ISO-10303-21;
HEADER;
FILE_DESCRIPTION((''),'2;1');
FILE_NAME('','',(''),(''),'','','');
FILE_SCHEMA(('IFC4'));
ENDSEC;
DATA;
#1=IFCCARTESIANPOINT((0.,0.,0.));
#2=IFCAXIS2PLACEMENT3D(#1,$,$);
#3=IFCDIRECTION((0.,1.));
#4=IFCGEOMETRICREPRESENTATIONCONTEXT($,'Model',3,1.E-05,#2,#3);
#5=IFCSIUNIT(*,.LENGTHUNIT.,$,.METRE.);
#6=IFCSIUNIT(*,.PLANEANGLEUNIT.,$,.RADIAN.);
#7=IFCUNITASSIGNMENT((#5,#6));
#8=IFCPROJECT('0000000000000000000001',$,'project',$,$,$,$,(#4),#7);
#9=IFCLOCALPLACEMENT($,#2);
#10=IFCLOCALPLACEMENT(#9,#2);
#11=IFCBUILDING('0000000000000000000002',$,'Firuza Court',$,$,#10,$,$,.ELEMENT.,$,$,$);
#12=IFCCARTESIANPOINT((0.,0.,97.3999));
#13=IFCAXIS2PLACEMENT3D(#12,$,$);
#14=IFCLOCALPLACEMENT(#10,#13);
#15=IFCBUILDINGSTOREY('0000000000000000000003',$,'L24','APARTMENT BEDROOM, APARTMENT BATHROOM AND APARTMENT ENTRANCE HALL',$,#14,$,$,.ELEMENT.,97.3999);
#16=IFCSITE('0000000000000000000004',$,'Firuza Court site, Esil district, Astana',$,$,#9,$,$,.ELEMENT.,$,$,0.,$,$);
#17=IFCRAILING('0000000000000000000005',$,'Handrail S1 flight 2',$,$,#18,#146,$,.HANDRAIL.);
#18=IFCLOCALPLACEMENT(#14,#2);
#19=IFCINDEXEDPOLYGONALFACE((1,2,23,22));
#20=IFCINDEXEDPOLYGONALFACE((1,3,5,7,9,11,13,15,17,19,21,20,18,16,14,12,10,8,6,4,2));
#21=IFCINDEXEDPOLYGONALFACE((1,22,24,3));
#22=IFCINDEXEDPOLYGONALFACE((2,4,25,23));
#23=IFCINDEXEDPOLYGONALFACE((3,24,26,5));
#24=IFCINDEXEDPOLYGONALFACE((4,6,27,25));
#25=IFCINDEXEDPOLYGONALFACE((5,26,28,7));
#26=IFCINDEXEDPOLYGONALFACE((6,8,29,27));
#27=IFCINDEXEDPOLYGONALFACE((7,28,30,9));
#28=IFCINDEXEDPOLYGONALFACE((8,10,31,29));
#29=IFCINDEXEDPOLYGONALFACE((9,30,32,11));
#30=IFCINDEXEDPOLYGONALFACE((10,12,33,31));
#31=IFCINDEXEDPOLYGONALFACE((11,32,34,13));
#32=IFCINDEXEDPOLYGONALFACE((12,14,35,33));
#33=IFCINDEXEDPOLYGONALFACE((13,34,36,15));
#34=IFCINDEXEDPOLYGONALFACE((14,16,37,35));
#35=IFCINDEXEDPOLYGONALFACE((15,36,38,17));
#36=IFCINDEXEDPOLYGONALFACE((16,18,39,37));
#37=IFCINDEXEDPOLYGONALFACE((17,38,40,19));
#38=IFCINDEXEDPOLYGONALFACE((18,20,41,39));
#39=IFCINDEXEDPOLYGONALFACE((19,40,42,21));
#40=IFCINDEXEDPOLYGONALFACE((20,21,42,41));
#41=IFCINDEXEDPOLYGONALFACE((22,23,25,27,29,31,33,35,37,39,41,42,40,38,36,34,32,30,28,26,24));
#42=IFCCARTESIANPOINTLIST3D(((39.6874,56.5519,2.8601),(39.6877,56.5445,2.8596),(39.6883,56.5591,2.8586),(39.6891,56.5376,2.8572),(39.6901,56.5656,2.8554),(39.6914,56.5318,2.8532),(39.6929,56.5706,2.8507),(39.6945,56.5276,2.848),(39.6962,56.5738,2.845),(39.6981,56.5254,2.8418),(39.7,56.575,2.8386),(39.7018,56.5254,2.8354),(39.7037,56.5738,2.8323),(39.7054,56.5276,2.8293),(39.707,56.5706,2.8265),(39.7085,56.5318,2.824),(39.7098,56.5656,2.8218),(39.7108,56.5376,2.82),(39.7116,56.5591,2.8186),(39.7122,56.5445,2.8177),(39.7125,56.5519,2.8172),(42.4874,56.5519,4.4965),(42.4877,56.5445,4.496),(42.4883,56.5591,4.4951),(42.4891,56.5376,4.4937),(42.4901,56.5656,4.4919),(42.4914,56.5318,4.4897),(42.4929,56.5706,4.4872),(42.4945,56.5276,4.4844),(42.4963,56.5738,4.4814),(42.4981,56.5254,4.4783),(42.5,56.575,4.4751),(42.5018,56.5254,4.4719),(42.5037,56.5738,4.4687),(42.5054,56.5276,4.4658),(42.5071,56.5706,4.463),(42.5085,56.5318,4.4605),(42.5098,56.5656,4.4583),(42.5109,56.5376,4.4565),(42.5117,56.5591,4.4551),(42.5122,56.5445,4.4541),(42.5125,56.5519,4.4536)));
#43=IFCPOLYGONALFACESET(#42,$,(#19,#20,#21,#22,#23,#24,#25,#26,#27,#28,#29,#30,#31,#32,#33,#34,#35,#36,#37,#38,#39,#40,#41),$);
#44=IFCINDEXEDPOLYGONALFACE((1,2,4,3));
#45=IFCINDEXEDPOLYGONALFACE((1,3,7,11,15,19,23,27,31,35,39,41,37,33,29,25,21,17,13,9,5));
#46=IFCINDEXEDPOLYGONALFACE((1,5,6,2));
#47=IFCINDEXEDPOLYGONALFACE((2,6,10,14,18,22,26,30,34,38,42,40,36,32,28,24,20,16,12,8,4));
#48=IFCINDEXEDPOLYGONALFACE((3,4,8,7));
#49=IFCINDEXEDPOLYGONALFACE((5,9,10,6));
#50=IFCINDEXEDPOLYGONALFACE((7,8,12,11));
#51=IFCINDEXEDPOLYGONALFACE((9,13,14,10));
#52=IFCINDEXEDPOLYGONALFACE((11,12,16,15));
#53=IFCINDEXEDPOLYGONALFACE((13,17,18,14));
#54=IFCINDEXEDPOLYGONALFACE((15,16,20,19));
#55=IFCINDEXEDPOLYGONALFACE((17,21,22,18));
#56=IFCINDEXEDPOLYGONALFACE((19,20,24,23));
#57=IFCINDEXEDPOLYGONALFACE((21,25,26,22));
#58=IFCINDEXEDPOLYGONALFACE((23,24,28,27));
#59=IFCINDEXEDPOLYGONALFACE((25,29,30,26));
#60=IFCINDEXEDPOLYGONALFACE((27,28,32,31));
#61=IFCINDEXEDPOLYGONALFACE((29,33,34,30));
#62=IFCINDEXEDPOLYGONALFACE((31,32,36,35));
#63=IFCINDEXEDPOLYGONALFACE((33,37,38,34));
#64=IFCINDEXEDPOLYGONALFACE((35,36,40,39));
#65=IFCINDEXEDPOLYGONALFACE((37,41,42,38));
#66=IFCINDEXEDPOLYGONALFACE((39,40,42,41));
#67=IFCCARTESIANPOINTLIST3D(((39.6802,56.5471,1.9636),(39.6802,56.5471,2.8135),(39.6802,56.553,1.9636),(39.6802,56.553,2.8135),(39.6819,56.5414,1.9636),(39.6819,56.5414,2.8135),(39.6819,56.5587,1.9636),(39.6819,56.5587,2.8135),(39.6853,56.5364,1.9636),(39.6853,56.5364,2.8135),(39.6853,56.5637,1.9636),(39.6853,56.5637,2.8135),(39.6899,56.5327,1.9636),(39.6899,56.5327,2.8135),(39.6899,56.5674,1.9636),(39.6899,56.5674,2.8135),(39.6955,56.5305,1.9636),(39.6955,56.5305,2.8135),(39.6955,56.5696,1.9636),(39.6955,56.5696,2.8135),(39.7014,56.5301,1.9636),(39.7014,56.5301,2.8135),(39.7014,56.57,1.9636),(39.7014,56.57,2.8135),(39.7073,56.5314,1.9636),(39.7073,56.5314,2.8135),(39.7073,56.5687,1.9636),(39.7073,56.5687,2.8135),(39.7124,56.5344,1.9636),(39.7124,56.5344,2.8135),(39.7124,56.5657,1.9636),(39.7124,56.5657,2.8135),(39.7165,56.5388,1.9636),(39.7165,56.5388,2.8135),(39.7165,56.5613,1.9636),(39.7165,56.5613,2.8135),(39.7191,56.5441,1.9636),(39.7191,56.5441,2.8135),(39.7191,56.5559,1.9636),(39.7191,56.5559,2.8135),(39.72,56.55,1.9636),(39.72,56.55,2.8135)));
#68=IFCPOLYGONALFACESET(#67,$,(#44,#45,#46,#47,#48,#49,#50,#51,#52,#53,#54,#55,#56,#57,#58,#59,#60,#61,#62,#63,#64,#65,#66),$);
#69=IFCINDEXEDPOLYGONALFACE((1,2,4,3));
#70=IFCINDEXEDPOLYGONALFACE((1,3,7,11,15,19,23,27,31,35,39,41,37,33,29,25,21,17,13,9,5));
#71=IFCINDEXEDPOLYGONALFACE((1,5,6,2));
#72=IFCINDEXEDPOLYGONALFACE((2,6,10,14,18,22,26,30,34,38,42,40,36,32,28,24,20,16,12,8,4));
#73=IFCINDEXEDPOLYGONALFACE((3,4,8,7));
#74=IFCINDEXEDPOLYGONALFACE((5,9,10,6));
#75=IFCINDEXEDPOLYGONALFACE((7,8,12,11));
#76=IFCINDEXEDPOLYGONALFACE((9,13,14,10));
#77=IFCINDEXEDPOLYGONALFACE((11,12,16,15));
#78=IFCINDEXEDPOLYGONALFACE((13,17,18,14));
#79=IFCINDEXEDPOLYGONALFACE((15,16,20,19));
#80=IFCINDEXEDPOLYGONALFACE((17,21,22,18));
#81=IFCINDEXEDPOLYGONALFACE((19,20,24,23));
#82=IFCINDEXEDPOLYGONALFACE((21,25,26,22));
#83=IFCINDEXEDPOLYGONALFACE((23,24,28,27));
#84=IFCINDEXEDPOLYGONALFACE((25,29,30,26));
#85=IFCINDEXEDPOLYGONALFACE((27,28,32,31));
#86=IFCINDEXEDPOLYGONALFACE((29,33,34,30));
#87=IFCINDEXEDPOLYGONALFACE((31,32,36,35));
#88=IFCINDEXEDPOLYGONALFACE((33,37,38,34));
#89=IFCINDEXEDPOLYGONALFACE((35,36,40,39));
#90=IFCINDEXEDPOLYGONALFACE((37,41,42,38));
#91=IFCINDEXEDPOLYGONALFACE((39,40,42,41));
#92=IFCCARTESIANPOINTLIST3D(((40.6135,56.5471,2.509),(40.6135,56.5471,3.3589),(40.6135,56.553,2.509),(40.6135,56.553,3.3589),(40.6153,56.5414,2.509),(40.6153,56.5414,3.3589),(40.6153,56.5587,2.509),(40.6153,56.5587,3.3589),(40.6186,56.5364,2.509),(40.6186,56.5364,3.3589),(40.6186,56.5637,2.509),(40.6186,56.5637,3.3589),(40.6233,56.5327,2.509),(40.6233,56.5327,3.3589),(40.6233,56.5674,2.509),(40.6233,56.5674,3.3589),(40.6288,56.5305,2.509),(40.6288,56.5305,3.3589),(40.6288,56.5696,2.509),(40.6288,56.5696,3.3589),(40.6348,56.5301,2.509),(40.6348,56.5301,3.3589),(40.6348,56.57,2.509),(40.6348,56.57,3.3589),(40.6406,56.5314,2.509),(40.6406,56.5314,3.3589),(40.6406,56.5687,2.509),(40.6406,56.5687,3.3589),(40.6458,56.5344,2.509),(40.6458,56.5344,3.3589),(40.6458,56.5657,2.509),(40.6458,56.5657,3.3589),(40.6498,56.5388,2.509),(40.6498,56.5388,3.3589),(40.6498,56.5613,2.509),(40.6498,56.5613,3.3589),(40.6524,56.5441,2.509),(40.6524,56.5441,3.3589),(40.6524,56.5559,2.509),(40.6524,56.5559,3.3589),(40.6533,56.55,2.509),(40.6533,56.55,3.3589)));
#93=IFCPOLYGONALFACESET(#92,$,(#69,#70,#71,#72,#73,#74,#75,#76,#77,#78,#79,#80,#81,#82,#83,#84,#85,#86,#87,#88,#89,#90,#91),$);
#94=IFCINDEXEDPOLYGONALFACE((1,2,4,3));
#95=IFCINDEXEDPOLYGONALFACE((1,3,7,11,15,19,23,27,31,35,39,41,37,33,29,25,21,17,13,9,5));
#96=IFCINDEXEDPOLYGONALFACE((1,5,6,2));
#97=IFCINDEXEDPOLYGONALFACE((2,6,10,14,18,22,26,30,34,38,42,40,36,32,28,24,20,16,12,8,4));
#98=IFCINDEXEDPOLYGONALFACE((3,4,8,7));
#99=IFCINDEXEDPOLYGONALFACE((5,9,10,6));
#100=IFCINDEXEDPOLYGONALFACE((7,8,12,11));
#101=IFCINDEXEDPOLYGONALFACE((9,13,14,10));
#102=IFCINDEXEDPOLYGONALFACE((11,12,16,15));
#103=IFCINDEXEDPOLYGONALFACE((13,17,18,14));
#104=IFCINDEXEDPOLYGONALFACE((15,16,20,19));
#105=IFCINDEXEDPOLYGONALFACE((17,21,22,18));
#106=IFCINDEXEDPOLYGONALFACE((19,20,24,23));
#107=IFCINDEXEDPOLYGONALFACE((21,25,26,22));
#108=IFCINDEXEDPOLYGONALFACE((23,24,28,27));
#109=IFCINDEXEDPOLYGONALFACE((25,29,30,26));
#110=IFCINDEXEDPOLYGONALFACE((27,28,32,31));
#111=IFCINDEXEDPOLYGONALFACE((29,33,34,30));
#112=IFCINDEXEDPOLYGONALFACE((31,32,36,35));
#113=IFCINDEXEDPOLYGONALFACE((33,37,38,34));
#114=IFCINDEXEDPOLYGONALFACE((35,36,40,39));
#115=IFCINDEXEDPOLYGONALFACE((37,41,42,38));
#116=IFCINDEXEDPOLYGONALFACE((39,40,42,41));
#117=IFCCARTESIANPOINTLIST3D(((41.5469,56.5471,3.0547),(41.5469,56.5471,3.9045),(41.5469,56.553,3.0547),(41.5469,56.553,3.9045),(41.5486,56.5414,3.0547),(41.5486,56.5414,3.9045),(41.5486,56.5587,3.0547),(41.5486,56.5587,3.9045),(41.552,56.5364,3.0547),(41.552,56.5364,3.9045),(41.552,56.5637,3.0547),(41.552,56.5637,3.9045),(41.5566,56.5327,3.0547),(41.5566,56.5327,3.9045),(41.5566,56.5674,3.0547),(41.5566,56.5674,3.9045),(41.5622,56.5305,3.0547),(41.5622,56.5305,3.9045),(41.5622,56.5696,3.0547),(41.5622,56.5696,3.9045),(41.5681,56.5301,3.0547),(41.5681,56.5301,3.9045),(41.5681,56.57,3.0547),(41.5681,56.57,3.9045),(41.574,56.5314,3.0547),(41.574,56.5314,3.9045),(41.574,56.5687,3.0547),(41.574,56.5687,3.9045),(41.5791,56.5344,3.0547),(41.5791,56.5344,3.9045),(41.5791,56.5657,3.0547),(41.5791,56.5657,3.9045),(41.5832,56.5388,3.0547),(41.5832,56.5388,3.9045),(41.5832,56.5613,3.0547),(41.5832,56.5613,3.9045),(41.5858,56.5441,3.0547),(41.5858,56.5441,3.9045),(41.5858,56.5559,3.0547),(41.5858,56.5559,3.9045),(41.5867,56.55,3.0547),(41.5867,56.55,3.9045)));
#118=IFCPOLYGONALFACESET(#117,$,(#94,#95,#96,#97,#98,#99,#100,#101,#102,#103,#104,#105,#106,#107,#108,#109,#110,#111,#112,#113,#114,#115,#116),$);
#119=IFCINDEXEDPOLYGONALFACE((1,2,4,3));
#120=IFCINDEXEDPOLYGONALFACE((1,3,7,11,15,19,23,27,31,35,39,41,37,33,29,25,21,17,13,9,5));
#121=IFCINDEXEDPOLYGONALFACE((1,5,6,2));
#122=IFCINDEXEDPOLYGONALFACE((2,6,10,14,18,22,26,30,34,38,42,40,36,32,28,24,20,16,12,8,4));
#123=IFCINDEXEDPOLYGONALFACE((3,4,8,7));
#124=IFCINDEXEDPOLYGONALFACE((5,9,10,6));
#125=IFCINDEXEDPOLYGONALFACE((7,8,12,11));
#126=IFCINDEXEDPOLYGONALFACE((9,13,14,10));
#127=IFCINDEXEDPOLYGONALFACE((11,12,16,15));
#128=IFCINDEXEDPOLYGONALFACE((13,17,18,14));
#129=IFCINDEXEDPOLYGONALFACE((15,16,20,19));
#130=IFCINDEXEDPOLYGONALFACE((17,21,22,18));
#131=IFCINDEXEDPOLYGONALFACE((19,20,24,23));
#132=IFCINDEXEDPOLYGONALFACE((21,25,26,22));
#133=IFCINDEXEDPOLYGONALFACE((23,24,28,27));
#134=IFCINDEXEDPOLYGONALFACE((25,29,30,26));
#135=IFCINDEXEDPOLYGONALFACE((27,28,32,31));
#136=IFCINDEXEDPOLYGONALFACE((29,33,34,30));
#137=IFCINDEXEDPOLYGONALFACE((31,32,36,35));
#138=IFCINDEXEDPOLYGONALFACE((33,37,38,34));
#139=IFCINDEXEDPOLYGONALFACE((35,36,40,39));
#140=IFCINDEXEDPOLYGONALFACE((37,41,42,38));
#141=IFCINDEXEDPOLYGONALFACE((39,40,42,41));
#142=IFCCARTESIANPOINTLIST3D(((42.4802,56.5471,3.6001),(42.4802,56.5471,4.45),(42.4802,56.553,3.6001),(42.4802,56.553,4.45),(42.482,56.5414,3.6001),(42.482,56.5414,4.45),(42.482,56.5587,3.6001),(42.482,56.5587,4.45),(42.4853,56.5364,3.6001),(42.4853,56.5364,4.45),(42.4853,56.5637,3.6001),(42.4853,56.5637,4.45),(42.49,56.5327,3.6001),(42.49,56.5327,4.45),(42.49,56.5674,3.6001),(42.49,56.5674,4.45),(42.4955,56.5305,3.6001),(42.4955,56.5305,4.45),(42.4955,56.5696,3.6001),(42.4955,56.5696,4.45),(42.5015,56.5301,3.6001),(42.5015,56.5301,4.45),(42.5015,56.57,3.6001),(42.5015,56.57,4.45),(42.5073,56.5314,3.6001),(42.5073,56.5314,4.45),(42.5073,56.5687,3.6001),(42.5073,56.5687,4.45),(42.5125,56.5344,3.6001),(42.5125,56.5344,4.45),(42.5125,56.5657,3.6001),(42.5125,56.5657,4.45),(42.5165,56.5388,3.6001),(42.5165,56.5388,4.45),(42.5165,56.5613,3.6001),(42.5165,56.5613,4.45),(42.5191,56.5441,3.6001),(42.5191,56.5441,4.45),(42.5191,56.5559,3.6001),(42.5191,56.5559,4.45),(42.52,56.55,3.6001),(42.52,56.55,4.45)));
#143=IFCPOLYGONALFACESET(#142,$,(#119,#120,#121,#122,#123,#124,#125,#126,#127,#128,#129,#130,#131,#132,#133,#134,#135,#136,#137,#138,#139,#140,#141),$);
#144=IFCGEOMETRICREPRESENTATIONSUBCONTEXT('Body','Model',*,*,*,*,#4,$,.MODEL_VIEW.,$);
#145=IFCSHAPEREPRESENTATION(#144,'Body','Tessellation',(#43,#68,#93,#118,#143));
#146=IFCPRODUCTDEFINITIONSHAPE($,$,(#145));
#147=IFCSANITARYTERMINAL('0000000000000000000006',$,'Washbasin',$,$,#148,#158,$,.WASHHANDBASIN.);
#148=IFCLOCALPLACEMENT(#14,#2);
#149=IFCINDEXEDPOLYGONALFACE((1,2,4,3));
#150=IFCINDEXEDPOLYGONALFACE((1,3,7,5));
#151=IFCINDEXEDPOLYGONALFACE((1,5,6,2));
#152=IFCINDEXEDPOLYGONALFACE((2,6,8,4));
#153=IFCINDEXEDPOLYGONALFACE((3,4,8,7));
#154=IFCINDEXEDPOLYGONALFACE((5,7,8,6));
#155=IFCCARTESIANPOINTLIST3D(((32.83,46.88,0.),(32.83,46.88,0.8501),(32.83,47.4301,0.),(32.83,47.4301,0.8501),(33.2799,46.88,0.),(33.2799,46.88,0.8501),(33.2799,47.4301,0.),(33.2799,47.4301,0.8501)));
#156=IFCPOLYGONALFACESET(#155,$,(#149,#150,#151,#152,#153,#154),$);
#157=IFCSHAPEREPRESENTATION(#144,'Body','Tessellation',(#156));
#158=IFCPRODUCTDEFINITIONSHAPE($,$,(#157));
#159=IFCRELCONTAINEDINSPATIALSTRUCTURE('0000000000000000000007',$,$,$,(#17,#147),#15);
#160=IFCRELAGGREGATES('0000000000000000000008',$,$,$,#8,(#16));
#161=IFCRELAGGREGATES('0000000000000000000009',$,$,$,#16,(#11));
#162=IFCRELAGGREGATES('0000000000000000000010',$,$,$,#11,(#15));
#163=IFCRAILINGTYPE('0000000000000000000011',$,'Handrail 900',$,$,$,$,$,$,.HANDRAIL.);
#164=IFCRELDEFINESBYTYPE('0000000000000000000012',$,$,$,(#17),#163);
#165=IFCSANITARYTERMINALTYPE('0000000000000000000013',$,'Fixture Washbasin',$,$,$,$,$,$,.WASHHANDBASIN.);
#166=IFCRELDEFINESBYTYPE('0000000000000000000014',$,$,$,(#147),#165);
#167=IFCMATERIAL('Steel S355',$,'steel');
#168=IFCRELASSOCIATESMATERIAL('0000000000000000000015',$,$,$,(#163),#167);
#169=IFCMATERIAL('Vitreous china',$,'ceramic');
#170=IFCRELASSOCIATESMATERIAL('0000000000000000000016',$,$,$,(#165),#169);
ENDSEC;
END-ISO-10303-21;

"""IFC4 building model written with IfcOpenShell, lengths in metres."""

from ifc_helpers import new_model, si_unit, direction, frame, origin, origin_2d, place, context, subcontext, project, spatial, rectangle, circle, extrude, material, type_object, element, save


model = new_model("IFC4")

# Units and contexts
model_context = context("Model", 3, precision=1e-05, world=origin(), true_north=direction((0.0, 1.0)))
body_context = subcontext(model_context, "Body", "Model", "MODEL_VIEW")
ifc_project = project(units=[si_unit("LENGTHUNIT", "METRE"), si_unit("PLANEANGLEUNIT", "RADIAN")], contexts=[model_context])

# Site, building, storey
site_placement = place(None, origin())
site = spatial("IfcSite", under=ifc_project, at=site_placement, Name="Firuza Court site, Esil district, Astana", CompositionType="ELEMENT", RefElevation=0.0)
building_placement = place(site_placement, origin())
building = spatial("IfcBuilding", under=site, at=building_placement, Name="Firuza Court", CompositionType="ELEMENT")
storey_placement = place(building_placement, frame((0.0, 0.0, 97.3999)))
storey = spatial("IfcBuildingStorey", under=building, at=storey_placement, Name="L24", Description="APARTMENT BEDROOM, APARTMENT BATHROOM AND APARTMENT ENTRANCE HALL", CompositionType="ELEMENT", Elevation=97.3999)

# Railing
ifc_material_1 = material(Name="Steel S355", Category="steel")
railing_type_1 = type_object("IfcRailingType", Name="Handrail 900", PredefinedType="HANDRAIL", material=ifc_material_1)
railing_1_placement = place(storey_placement, frame((39.7, 56.55, 1.9636)))
element("IfcRailing", 1, at=railing_1_placement, inside=storey, type_object=railing_type_1, Name="Handrail S1 flight 2", PredefinedType="HANDRAIL", context=body_context, shape_type="SweptSolid", body=[
    extrude(circle(Radius=0.0249, at=origin_2d()), frame((0.0, 0.0, 0.875), z_axis=(0.863361, 0.0, 0.504587), x_axis=(0.0, 1.0, 0.0)), (0.0, 0.0, 1.0), 3.2432),
    extrude(circle(Radius=0.02, at=origin_2d()), origin(), (0.0, 0.0, 1.0), 0.8499),
    extrude(circle(Radius=0.02, at=origin_2d()), frame((0.9333, 0.0, 0.5454)), (0.0, 0.0, 1.0), 0.8499),
    extrude(circle(Radius=0.02, at=origin_2d()), frame((1.8667, 0.0, 1.0911)), (0.0, 0.0, 1.0), 0.8499),
    extrude(circle(Radius=0.02, at=origin_2d()), frame((2.8, 0.0, 1.6365)), (0.0, 0.0, 1.0), 0.8499),
])

# Sanitary terminal
ifc_material_2 = material(Name="Vitreous china", Category="ceramic")
sanitary_terminal_type = type_object("IfcSanitaryTerminalType", Name="Fixture Washbasin", PredefinedType="WASHHANDBASIN", material=ifc_material_2)
sanitary_terminal_placement = place(storey_placement, frame((33.0549, 47.155, 0.0), z_axis=(0.0, 0.0, 1.0), x_axis=(1.0, 0.0, 0.0)))
element("IfcSanitaryTerminal", 2, at=sanitary_terminal_placement, inside=storey, type_object=sanitary_terminal_type, Name="Washbasin", PredefinedType="WASHHANDBASIN", context=body_context, shape_type="SweptSolid", body=[
    extrude(rectangle(XDim=0.45, YDim=0.55, at=origin_2d()), origin(), (0.0, 0.0, 1.0), 0.8501),
])

save(model, "model.ifc")
